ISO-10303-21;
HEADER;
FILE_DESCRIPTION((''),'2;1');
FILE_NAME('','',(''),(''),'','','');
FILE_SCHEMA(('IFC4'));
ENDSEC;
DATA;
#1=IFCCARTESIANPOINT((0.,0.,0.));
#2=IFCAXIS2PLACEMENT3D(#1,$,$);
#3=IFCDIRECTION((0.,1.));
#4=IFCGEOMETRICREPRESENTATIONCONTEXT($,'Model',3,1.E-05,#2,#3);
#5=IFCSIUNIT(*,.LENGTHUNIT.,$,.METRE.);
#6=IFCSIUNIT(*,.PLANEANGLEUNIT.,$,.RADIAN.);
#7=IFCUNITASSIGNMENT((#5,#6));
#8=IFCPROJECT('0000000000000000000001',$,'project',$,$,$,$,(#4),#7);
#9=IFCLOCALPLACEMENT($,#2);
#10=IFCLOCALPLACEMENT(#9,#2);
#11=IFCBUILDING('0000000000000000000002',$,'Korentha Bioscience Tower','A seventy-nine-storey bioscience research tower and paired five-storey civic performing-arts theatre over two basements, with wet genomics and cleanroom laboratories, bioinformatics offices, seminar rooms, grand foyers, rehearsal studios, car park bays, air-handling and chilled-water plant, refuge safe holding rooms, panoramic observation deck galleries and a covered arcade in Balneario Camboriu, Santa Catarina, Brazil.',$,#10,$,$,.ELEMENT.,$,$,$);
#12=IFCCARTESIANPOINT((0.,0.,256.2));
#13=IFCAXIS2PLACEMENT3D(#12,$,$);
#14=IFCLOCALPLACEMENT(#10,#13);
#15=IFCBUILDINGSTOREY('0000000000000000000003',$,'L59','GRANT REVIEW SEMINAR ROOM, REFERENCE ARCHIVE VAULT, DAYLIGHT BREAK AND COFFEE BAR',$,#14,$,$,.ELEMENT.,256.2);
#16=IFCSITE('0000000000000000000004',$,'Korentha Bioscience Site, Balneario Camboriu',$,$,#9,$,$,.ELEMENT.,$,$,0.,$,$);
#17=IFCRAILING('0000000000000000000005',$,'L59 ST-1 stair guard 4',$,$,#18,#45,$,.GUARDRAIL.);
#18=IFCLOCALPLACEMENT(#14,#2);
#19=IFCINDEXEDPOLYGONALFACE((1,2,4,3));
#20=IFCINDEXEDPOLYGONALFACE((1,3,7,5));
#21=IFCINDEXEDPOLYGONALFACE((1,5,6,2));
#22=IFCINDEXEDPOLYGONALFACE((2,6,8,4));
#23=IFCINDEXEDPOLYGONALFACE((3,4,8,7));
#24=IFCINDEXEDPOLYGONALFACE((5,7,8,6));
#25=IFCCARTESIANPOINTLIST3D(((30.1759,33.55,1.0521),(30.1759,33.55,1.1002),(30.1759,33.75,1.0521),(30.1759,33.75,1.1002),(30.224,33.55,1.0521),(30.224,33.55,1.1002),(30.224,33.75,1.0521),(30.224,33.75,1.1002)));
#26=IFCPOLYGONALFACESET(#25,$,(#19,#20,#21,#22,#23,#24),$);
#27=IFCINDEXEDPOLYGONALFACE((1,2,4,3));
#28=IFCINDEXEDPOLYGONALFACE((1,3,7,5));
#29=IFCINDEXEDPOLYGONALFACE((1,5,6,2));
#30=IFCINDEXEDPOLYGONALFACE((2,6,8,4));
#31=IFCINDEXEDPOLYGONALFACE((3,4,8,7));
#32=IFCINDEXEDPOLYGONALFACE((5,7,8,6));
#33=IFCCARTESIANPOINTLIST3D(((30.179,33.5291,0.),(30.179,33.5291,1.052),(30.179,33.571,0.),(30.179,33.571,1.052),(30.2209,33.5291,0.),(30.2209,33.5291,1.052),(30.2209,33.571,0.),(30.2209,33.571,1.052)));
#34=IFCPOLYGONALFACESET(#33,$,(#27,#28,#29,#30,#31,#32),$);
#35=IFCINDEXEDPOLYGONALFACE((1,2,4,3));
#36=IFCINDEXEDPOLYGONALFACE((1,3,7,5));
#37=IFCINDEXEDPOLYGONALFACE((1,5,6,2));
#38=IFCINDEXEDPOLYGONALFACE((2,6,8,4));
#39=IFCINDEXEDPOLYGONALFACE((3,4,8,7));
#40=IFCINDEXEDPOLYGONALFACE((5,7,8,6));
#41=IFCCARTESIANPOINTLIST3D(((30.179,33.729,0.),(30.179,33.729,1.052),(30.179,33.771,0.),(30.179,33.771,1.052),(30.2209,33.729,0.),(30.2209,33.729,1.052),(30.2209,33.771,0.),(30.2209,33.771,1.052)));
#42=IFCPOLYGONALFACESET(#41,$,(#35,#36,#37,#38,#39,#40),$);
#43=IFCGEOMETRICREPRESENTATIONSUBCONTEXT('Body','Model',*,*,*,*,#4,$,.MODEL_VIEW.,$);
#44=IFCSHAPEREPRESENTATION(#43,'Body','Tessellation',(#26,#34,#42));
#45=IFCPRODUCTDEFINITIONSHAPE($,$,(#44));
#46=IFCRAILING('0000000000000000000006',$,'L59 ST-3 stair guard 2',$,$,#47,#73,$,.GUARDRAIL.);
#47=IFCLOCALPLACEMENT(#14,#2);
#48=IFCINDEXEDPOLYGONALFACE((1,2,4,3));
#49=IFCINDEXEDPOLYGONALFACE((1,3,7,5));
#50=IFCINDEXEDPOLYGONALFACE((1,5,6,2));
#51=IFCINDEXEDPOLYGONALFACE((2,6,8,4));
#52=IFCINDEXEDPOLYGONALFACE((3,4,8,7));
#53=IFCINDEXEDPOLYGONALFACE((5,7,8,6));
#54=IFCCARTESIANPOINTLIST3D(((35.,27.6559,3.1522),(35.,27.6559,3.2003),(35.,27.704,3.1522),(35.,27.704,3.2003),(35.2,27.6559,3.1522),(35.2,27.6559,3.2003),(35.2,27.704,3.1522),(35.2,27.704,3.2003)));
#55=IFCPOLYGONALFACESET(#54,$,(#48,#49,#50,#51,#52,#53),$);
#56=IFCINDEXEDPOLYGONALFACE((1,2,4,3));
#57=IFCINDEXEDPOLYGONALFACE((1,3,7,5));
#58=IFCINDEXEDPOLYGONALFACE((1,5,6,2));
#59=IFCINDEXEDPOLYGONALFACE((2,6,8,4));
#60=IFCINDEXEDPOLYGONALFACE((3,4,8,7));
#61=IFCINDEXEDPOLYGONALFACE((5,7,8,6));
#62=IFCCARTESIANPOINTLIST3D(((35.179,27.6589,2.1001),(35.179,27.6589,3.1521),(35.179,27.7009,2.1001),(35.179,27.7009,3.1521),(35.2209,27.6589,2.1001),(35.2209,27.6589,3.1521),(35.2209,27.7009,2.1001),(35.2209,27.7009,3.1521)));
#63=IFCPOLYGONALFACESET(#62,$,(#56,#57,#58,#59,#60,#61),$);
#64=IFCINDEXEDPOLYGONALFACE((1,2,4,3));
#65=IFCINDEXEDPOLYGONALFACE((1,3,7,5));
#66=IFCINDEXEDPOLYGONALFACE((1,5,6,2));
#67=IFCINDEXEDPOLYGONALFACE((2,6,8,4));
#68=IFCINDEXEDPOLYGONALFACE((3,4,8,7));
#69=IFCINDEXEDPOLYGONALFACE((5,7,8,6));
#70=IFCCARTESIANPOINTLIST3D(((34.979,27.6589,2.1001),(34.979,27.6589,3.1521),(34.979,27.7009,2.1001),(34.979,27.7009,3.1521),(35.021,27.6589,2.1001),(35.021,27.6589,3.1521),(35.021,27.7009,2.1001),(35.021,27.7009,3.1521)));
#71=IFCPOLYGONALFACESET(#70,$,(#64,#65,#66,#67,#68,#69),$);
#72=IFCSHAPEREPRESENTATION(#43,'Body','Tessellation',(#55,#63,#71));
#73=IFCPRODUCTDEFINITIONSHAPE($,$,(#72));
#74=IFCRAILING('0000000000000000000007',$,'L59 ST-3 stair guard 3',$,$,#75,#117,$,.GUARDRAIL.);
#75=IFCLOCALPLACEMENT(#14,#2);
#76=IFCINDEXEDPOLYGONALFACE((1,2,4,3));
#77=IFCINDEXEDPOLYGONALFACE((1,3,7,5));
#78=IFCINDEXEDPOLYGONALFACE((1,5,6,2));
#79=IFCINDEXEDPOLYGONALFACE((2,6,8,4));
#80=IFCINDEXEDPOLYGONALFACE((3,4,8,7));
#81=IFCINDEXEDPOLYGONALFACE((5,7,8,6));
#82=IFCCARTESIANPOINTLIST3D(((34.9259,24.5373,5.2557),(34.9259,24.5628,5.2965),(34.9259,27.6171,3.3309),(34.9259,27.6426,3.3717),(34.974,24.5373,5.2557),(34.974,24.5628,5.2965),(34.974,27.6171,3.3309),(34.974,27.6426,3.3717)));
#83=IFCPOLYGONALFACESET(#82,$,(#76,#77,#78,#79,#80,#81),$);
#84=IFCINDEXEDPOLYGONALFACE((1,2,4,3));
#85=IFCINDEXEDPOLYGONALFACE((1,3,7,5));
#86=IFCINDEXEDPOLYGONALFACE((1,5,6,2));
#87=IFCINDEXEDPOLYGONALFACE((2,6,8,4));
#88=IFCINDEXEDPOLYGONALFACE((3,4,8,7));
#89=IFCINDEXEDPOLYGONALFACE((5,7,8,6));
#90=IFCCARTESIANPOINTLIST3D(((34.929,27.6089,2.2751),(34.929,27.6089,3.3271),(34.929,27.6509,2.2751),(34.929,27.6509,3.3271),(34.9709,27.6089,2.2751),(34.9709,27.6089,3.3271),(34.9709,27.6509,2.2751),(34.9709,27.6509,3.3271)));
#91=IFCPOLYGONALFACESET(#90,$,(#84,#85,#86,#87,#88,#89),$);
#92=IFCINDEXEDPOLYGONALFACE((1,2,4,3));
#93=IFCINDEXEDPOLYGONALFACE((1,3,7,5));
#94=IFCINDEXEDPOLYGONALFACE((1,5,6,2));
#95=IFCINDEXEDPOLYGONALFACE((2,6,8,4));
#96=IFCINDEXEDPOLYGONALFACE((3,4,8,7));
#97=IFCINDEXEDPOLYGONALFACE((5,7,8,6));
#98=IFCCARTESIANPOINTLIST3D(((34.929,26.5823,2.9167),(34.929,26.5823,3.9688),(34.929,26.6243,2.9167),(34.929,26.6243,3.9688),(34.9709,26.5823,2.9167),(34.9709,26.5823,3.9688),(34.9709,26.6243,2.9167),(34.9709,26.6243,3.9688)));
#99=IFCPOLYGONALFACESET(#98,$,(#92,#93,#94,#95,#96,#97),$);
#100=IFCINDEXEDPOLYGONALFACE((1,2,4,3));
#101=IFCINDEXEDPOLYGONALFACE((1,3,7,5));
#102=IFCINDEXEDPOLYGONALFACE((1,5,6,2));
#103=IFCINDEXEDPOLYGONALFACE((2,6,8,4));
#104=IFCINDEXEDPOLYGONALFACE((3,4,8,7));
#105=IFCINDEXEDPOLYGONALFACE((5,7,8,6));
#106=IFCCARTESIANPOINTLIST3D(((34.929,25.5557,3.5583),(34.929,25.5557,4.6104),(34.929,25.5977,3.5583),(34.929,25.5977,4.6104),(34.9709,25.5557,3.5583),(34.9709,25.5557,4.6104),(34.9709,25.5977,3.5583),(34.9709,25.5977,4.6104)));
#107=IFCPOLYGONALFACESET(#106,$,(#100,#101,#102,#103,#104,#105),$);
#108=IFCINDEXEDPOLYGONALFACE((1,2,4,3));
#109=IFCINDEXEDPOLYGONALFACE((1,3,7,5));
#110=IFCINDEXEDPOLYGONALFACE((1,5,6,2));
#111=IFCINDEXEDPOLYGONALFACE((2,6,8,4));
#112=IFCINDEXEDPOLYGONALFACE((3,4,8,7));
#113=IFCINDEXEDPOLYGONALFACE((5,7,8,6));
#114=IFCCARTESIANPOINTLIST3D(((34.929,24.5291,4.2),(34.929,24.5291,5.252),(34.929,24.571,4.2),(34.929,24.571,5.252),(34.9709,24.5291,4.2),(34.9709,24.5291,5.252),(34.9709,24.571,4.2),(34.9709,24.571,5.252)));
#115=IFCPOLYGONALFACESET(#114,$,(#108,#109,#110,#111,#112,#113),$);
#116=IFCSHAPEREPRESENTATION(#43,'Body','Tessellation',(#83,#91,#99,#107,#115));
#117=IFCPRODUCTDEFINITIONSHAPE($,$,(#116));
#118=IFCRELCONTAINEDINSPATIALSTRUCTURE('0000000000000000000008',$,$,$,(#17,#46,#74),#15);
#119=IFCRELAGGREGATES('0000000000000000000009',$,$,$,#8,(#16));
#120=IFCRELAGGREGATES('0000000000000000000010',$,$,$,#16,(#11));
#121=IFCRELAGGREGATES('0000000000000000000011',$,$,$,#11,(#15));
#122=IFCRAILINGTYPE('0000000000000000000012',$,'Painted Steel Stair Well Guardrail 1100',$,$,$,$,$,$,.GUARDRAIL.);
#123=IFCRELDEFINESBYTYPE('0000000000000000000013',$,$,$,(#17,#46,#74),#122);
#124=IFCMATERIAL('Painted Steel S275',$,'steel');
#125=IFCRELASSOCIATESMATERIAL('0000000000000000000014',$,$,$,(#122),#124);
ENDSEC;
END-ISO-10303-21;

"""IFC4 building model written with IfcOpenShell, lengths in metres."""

from ifc_helpers import new_model, si_unit, direction, frame, origin, origin_2d, place, context, subcontext, project, spatial, rectangle, extrude, material, type_object, element, save


model = new_model("IFC4")

# Units and contexts
model_context = context("Model", 3, precision=1e-05, world=origin(), true_north=direction((0.0, 1.0)))
body_context = subcontext(model_context, "Body", "Model", "MODEL_VIEW")
ifc_project = project(units=[si_unit("LENGTHUNIT", "METRE"), si_unit("PLANEANGLEUNIT", "RADIAN")], contexts=[model_context])

# Site, building, storey
site_placement = place(None, origin())
site = spatial("IfcSite", under=ifc_project, at=site_placement, Name="Korentha Bioscience Site, Balneario Camboriu", CompositionType="ELEMENT", RefElevation=0.0)
building_placement = place(site_placement, origin())
building = spatial("IfcBuilding", under=site, at=building_placement, Name="Korentha Bioscience Tower", Description="A seventy-nine-storey bioscience research tower and paired five-storey civic performing-arts theatre over two basements, with wet genomics and cleanroom laboratories, bioinformatics offices, seminar rooms, grand foyers, rehearsal studios, car park bays, air-handling and chilled-water plant, refuge safe holding rooms, panoramic observation deck galleries and a covered arcade in Balneario Camboriu, Santa Catarina, Brazil.", CompositionType="ELEMENT")
storey_placement = place(building_placement, frame((0.0, 0.0, 256.2)))
storey = spatial("IfcBuildingStorey", under=building, at=storey_placement, Name="L59", Description="GRANT REVIEW SEMINAR ROOM, REFERENCE ARCHIVE VAULT, DAYLIGHT BREAK AND COFFEE BAR", CompositionType="ELEMENT", Elevation=256.2)

# Railings
ifc_material_1 = material(Name="Painted Steel S275", Category="steel")
railing_type_1 = type_object("IfcRailingType", Name="Painted Steel Stair Well Guardrail 1100", PredefinedType="GUARDRAIL", material=ifc_material_1)
railing_1_placement = place(storey_placement, frame((30.2, 33.55, 0.0)))
element("IfcRailing", 1, at=railing_1_placement, inside=storey, type_object=railing_type_1, Name="L59 ST-1 stair guard 4", PredefinedType="GUARDRAIL", context=body_context, shape_type="SweptSolid", body=[
    extrude(rectangle(XDim=0.0481, YDim=0.0481, at=origin_2d()), frame((0.0, 0.0, 1.0762), z_axis=(0.0, 1.0, 0.0), x_axis=(-1.0, 0.0, 0.0)), (0.0, 0.0, 1.0), 0.2),
    extrude(rectangle(XDim=0.042, YDim=0.042, at=origin_2d()), origin(), (0.0, 0.0, 1.0), 1.052),
    extrude(rectangle(XDim=0.042, YDim=0.042, at=origin_2d()), frame((0.0, 0.2, 0.0)), (0.0, 0.0, 1.0), 1.052),
])
railing_2_placement = place(storey_placement, frame((35.2, 27.6799, 2.1001)))
element("IfcRailing", 2, at=railing_2_placement, inside=storey, type_object=railing_type_1, Name="L59 ST-3 stair guard 2", PredefinedType="GUARDRAIL", context=body_context, shape_type="SweptSolid", body=[
    extrude(rectangle(XDim=0.0481, YDim=0.0481, at=origin_2d()), frame((0.0, 0.0, 1.0762), z_axis=(-1.0, 0.0, 0.0), x_axis=(0.0, -1.0, 0.0)), (0.0, 0.0, 1.0), 0.2),
    extrude(rectangle(XDim=0.042, YDim=0.042, at=origin_2d()), origin(), (0.0, 0.0, 1.0), 1.052),
    extrude(rectangle(XDim=0.042, YDim=0.042, at=origin_2d()), frame((-0.2, 0.0, 0.0)), (0.0, 0.0, 1.0), 1.052),
])
railing_3_placement = place(storey_placement, frame((34.95, 27.6299, 2.2751)))
element("IfcRailing", 3, at=railing_3_placement, inside=storey, type_object=railing_type_1, Name="L59 ST-3 stair guard 3", PredefinedType="GUARDRAIL", context=body_context, shape_type="SweptSolid", body=[
    extrude(rectangle(XDim=0.0481, YDim=0.0481, at=origin_2d()), frame((0.0, 0.0, 1.0762), z_axis=(0.0, -0.84801, 0.529981), x_axis=(1.0, 0.0, 0.0)), (0.0, 0.0, 1.0), 3.6318),
    extrude(rectangle(XDim=0.042, YDim=0.042, at=origin_2d()), origin(), (0.0, 0.0, 1.0), 1.052),
    extrude(rectangle(XDim=0.042, YDim=0.042, at=origin_2d()), frame((0.0, -1.0266, 0.6416)), (0.0, 0.0, 1.0), 1.052),
    extrude(rectangle(XDim=0.042, YDim=0.042, at=origin_2d()), frame((0.0, -2.0532, 1.2832)), (0.0, 0.0, 1.0), 1.052),
    extrude(rectangle(XDim=0.042, YDim=0.042, at=origin_2d()), frame((0.0, -3.0798, 1.9248)), (0.0, 0.0, 1.0), 1.052),
])

save(model, "model.ifc")
